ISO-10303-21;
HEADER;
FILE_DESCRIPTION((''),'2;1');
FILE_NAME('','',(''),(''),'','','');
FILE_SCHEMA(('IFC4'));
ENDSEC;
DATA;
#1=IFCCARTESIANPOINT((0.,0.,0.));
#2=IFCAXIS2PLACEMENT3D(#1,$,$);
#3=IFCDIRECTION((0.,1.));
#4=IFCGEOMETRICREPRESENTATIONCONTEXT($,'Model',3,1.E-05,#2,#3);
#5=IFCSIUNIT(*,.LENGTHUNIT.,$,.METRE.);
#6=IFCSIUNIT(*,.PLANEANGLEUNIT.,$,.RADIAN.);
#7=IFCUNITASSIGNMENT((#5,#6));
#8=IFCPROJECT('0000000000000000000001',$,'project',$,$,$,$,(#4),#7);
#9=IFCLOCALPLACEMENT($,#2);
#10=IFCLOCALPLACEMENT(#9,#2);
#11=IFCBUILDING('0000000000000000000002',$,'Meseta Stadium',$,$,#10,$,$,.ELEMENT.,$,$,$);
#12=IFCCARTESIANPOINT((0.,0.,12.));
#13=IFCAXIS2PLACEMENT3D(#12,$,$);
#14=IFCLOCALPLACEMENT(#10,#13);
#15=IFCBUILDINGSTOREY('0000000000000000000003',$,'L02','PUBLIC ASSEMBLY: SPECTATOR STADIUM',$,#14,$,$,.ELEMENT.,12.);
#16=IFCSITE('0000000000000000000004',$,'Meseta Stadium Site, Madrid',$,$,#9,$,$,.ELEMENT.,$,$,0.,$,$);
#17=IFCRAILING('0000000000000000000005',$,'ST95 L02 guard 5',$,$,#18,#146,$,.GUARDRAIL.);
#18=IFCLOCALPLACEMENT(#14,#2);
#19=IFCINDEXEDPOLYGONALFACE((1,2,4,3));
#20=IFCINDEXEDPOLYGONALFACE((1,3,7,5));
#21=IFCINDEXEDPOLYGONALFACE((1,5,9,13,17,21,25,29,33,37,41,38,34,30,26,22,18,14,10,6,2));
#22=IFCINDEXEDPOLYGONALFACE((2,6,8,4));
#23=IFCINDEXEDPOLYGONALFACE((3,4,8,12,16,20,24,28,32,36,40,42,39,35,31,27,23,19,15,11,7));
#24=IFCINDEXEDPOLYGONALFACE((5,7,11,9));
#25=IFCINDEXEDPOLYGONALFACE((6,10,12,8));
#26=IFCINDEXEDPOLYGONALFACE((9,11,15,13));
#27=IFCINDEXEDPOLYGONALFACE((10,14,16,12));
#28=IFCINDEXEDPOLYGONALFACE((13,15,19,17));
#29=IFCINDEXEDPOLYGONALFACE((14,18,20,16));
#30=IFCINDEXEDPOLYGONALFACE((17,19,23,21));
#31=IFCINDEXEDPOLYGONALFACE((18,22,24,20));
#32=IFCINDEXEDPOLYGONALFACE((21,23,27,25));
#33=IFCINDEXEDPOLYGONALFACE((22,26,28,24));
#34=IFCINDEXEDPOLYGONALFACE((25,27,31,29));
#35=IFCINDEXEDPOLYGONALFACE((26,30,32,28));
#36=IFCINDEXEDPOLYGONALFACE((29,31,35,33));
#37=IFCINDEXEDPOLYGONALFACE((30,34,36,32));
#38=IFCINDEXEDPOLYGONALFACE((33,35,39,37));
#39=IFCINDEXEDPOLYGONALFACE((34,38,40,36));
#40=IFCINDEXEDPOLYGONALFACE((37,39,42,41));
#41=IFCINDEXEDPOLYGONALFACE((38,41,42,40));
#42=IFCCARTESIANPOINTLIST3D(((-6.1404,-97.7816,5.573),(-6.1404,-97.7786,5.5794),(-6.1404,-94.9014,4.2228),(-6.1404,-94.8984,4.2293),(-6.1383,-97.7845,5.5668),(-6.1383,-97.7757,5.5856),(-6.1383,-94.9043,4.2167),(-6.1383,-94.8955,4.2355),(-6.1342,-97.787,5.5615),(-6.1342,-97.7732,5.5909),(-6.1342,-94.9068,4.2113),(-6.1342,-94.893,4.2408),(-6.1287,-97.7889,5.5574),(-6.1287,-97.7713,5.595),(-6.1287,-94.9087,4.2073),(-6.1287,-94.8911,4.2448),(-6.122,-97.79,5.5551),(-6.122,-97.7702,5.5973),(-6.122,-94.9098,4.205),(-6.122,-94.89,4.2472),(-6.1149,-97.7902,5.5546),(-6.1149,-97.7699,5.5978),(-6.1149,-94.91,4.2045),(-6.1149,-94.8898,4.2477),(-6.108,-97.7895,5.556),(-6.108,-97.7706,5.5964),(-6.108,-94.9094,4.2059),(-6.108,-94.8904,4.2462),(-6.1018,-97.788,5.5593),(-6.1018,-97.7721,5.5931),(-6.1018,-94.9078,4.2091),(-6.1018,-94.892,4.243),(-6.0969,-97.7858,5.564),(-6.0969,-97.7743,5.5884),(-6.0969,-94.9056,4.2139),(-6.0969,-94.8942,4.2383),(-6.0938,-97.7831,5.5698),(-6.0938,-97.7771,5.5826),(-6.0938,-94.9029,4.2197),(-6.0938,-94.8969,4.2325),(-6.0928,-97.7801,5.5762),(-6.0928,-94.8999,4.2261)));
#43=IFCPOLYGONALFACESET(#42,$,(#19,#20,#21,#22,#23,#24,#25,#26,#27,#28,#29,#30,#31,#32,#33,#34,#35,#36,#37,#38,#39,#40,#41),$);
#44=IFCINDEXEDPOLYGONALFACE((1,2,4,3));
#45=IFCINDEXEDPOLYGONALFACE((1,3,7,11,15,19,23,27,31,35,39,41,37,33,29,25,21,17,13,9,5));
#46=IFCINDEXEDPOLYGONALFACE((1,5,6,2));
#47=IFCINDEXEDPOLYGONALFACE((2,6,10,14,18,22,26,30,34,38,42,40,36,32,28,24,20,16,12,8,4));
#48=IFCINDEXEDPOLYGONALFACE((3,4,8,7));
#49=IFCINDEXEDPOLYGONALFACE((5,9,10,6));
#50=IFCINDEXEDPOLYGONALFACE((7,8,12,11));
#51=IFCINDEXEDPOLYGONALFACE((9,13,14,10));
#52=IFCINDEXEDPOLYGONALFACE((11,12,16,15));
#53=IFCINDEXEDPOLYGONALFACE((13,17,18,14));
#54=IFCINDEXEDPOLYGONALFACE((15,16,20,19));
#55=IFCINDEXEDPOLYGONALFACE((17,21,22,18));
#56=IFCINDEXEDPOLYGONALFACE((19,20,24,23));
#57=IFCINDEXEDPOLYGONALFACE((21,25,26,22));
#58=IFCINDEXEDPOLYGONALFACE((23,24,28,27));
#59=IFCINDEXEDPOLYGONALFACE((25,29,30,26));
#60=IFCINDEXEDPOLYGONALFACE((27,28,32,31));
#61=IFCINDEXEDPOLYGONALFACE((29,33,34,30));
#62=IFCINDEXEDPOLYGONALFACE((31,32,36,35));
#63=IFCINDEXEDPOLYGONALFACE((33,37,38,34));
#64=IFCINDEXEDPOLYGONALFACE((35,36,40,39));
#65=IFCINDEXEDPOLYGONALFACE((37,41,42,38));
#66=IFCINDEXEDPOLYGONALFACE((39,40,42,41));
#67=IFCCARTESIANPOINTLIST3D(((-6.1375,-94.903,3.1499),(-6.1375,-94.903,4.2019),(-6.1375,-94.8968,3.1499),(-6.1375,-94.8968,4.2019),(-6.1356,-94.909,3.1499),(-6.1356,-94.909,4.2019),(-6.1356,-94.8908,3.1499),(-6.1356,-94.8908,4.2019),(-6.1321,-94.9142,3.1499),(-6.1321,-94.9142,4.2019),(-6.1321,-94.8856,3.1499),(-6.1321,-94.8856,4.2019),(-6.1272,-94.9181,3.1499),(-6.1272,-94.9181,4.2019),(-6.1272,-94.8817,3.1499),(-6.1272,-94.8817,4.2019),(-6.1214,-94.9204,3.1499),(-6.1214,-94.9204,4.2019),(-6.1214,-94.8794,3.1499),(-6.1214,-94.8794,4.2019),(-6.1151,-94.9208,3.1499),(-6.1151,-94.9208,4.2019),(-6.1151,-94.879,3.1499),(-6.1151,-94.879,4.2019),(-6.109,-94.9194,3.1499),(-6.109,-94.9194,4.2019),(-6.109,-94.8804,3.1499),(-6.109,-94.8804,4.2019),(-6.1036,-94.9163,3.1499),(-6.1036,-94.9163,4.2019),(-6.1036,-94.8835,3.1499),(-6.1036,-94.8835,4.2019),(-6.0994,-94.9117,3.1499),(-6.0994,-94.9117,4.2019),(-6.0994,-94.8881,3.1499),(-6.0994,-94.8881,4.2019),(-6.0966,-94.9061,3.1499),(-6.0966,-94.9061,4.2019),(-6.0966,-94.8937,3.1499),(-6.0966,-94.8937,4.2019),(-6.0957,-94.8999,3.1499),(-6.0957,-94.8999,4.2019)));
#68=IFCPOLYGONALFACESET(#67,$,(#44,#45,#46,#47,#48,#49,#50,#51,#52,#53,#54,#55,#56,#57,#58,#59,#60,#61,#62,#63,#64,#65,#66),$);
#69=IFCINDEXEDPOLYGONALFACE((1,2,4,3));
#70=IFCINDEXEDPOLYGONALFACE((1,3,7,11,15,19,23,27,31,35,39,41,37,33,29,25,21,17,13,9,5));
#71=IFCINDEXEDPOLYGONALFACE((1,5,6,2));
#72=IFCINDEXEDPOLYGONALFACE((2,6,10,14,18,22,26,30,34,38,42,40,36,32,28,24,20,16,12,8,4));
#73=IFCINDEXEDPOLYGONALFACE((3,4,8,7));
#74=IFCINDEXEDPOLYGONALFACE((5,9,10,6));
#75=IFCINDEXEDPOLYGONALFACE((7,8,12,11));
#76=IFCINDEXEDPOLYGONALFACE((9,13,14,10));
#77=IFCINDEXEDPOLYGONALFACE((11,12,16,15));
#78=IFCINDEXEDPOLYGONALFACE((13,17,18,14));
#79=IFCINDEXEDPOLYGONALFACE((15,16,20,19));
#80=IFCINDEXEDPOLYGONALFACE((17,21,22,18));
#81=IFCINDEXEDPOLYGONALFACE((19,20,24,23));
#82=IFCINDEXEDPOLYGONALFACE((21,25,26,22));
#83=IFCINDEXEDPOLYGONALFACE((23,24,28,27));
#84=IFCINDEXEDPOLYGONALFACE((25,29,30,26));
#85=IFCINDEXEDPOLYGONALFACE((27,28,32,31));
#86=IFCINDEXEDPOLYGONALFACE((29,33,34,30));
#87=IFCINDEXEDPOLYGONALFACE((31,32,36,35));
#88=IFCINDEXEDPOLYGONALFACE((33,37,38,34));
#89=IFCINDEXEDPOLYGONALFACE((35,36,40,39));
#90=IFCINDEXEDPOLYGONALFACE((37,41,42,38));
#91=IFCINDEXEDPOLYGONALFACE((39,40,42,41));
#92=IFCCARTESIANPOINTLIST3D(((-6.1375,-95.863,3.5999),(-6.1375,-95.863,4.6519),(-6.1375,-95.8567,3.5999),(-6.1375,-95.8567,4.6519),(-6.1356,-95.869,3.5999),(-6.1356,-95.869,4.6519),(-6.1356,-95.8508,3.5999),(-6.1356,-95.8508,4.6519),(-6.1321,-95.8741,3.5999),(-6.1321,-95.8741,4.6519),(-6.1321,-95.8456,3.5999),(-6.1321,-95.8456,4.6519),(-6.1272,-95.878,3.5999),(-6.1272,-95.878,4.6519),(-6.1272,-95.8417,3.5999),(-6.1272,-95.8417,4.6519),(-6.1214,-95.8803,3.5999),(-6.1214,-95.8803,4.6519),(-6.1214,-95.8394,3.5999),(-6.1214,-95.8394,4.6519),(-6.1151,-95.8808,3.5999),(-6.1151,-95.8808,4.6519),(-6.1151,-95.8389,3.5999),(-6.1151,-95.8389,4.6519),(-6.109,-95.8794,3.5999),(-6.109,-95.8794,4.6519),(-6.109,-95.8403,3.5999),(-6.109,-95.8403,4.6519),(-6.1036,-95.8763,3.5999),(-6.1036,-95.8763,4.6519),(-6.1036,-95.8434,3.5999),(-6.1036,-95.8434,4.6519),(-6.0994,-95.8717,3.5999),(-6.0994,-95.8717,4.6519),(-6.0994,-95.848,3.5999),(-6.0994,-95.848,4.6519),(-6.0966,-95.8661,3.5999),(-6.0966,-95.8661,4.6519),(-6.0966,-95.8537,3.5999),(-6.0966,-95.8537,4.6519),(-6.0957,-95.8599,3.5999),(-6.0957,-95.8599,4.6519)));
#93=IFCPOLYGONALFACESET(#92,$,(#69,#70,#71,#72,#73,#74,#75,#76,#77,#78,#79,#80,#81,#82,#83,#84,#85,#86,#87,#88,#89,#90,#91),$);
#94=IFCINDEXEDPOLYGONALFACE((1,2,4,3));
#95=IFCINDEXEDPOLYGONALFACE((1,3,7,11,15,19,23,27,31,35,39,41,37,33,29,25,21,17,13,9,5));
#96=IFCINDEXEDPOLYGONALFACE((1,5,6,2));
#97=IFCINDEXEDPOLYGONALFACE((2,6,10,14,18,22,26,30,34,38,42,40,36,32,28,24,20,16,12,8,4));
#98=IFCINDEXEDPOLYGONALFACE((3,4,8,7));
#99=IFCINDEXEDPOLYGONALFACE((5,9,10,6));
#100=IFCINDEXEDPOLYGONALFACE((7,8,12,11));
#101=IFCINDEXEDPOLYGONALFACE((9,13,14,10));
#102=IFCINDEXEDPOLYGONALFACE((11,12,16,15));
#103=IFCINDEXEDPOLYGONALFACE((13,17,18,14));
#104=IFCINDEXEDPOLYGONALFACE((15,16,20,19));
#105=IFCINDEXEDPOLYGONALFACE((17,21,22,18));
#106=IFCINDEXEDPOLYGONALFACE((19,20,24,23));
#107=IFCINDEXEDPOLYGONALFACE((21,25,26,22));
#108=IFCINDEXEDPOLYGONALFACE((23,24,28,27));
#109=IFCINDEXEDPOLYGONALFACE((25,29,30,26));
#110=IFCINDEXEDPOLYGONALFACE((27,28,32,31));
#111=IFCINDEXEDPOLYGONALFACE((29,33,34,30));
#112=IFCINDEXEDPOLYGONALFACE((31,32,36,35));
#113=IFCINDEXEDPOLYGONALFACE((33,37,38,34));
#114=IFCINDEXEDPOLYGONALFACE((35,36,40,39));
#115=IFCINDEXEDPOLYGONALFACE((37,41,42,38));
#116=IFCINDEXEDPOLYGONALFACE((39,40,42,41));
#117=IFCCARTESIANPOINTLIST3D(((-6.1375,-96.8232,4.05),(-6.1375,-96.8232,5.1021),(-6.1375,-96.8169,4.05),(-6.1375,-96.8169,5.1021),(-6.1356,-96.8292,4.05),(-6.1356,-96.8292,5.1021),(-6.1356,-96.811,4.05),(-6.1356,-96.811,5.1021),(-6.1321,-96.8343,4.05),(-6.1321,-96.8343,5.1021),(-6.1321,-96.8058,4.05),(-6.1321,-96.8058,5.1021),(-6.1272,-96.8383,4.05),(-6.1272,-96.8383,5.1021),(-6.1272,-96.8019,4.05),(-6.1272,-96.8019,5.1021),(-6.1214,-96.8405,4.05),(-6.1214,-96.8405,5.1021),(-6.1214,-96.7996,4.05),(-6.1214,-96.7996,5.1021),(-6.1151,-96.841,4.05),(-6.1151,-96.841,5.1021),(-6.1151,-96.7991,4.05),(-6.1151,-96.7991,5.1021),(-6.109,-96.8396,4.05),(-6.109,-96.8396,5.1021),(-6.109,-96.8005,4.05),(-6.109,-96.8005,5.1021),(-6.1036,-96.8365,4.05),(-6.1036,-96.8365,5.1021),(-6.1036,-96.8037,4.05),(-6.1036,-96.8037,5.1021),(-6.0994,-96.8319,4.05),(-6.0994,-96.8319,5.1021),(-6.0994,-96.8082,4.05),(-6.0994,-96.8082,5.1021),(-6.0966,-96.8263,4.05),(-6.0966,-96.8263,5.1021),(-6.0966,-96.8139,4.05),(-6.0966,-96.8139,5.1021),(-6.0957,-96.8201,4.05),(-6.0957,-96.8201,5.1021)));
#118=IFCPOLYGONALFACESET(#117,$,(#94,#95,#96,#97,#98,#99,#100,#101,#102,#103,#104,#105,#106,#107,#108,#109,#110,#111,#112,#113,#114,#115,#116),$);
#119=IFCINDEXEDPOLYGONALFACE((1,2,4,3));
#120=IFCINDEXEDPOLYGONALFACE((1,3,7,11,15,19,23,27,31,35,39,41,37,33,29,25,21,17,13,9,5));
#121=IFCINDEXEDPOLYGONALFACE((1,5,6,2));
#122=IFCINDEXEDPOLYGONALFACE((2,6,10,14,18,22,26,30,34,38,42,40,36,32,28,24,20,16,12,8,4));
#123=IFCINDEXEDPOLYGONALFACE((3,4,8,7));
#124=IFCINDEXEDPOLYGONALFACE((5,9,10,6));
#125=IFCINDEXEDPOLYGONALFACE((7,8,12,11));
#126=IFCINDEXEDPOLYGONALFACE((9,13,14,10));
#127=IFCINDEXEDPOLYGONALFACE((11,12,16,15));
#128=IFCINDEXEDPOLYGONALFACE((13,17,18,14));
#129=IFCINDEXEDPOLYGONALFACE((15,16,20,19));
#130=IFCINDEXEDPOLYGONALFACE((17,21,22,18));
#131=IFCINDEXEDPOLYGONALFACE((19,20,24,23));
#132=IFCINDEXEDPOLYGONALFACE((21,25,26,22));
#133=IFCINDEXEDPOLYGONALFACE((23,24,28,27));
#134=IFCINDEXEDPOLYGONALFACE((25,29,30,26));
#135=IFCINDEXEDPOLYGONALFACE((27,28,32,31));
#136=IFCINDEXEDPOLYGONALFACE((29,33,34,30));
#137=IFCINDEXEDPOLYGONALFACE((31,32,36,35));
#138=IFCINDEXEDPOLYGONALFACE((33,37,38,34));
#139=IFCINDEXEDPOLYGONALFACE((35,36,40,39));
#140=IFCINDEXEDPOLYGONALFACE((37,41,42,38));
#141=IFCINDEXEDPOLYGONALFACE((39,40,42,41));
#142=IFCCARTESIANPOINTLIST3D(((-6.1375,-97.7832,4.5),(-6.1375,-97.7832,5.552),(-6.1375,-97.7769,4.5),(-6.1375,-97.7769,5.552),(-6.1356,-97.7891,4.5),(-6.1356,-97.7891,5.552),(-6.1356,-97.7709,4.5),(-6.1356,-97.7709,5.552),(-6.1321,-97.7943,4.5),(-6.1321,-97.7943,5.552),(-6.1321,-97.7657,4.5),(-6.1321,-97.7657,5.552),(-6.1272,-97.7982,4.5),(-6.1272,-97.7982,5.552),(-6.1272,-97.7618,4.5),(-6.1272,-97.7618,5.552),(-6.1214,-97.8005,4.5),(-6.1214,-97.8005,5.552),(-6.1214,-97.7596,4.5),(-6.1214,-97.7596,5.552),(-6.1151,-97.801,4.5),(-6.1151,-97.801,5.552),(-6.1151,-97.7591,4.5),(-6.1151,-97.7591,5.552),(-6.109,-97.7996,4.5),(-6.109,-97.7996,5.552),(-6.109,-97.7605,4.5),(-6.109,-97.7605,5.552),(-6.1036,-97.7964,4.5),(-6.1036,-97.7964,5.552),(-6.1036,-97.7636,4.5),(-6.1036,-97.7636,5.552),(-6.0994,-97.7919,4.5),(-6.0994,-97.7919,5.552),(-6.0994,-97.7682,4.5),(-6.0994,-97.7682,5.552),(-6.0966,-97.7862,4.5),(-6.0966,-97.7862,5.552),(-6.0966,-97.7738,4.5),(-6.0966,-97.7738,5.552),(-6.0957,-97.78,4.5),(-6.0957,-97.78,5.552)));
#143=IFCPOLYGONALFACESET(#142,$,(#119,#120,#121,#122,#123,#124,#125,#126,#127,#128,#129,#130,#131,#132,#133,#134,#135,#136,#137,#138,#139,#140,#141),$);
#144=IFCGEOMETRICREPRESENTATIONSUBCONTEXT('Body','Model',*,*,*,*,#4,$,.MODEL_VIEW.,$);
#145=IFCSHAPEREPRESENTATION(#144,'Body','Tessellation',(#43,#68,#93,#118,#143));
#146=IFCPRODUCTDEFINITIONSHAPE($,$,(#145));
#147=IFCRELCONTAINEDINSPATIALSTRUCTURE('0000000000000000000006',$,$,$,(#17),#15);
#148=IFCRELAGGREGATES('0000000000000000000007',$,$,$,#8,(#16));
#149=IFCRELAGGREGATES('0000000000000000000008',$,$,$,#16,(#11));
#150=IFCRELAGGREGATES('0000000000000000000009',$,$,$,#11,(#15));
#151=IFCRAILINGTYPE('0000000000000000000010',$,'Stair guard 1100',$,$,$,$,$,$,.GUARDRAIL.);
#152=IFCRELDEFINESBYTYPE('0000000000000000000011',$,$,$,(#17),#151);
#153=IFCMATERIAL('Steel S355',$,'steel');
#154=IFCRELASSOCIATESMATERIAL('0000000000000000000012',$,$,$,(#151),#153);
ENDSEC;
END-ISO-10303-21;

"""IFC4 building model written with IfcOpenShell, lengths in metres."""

from ifc_helpers import new_model, si_unit, direction, frame, origin, origin_2d, place, context, subcontext, project, spatial, circle, extrude, material, type_object, element, save


model = new_model("IFC4")

# Units and contexts
model_context = context("Model", 3, precision=1e-05, world=origin(), true_north=direction((0.0, 1.0)))
body_context = subcontext(model_context, "Body", "Model", "MODEL_VIEW")
ifc_project = project(units=[si_unit("LENGTHUNIT", "METRE"), si_unit("PLANEANGLEUNIT", "RADIAN")], contexts=[model_context])

# Site, building, storey
site_placement = place(None, origin())
site = spatial("IfcSite", under=ifc_project, at=site_placement, Name="Meseta Stadium Site, Madrid", CompositionType="ELEMENT", RefElevation=0.0)
building_placement = place(site_placement, origin())
building = spatial("IfcBuilding", under=site, at=building_placement, Name="Meseta Stadium", CompositionType="ELEMENT")
storey_placement = place(building_placement, frame((0.0, 0.0, 12.0)))
storey = spatial("IfcBuildingStorey", under=building, at=storey_placement, Name="L02", Description="PUBLIC ASSEMBLY: SPECTATOR STADIUM", CompositionType="ELEMENT", Elevation=12.0)

# Railing
ifc_material_1 = material(Name="Steel S355", Category="steel")
railing_type_1 = type_object("IfcRailingType", Name="Stair guard 1100", PredefinedType="GUARDRAIL", material=ifc_material_1)
railing_1_placement = place(storey_placement, frame((-6.1167, -94.8999, 3.1499)))
element("IfcRailing", 1, at=railing_1_placement, inside=storey, type_object=railing_type_1, Name="ST95 L02 guard 5", PredefinedType="GUARDRAIL", context=body_context, shape_type="SweptSolid", body=[
    extrude(circle(Radius=0.0239, at=origin_2d()), frame((0.0, 0.0, 1.0762), z_axis=(0.0, -0.905454, 0.424444), x_axis=(1.0, 0.0, 0.0)), (0.0, 0.0, 1.0), 3.1809),
    extrude(circle(Radius=0.021, at=origin_2d()), origin(), (0.0, 0.0, 1.0), 1.052),
    extrude(circle(Radius=0.021, at=origin_2d()), frame((0.0, -0.96, 0.45)), (0.0, 0.0, 1.0), 1.052),
    extrude(circle(Radius=0.021, at=origin_2d()), frame((0.0, -1.9202, 0.9001)), (0.0, 0.0, 1.0), 1.052),
    extrude(circle(Radius=0.021, at=origin_2d()), frame((0.0, -2.8801, 1.3501)), (0.0, 0.0, 1.0), 1.052),
])

save(model, "model.ifc")
